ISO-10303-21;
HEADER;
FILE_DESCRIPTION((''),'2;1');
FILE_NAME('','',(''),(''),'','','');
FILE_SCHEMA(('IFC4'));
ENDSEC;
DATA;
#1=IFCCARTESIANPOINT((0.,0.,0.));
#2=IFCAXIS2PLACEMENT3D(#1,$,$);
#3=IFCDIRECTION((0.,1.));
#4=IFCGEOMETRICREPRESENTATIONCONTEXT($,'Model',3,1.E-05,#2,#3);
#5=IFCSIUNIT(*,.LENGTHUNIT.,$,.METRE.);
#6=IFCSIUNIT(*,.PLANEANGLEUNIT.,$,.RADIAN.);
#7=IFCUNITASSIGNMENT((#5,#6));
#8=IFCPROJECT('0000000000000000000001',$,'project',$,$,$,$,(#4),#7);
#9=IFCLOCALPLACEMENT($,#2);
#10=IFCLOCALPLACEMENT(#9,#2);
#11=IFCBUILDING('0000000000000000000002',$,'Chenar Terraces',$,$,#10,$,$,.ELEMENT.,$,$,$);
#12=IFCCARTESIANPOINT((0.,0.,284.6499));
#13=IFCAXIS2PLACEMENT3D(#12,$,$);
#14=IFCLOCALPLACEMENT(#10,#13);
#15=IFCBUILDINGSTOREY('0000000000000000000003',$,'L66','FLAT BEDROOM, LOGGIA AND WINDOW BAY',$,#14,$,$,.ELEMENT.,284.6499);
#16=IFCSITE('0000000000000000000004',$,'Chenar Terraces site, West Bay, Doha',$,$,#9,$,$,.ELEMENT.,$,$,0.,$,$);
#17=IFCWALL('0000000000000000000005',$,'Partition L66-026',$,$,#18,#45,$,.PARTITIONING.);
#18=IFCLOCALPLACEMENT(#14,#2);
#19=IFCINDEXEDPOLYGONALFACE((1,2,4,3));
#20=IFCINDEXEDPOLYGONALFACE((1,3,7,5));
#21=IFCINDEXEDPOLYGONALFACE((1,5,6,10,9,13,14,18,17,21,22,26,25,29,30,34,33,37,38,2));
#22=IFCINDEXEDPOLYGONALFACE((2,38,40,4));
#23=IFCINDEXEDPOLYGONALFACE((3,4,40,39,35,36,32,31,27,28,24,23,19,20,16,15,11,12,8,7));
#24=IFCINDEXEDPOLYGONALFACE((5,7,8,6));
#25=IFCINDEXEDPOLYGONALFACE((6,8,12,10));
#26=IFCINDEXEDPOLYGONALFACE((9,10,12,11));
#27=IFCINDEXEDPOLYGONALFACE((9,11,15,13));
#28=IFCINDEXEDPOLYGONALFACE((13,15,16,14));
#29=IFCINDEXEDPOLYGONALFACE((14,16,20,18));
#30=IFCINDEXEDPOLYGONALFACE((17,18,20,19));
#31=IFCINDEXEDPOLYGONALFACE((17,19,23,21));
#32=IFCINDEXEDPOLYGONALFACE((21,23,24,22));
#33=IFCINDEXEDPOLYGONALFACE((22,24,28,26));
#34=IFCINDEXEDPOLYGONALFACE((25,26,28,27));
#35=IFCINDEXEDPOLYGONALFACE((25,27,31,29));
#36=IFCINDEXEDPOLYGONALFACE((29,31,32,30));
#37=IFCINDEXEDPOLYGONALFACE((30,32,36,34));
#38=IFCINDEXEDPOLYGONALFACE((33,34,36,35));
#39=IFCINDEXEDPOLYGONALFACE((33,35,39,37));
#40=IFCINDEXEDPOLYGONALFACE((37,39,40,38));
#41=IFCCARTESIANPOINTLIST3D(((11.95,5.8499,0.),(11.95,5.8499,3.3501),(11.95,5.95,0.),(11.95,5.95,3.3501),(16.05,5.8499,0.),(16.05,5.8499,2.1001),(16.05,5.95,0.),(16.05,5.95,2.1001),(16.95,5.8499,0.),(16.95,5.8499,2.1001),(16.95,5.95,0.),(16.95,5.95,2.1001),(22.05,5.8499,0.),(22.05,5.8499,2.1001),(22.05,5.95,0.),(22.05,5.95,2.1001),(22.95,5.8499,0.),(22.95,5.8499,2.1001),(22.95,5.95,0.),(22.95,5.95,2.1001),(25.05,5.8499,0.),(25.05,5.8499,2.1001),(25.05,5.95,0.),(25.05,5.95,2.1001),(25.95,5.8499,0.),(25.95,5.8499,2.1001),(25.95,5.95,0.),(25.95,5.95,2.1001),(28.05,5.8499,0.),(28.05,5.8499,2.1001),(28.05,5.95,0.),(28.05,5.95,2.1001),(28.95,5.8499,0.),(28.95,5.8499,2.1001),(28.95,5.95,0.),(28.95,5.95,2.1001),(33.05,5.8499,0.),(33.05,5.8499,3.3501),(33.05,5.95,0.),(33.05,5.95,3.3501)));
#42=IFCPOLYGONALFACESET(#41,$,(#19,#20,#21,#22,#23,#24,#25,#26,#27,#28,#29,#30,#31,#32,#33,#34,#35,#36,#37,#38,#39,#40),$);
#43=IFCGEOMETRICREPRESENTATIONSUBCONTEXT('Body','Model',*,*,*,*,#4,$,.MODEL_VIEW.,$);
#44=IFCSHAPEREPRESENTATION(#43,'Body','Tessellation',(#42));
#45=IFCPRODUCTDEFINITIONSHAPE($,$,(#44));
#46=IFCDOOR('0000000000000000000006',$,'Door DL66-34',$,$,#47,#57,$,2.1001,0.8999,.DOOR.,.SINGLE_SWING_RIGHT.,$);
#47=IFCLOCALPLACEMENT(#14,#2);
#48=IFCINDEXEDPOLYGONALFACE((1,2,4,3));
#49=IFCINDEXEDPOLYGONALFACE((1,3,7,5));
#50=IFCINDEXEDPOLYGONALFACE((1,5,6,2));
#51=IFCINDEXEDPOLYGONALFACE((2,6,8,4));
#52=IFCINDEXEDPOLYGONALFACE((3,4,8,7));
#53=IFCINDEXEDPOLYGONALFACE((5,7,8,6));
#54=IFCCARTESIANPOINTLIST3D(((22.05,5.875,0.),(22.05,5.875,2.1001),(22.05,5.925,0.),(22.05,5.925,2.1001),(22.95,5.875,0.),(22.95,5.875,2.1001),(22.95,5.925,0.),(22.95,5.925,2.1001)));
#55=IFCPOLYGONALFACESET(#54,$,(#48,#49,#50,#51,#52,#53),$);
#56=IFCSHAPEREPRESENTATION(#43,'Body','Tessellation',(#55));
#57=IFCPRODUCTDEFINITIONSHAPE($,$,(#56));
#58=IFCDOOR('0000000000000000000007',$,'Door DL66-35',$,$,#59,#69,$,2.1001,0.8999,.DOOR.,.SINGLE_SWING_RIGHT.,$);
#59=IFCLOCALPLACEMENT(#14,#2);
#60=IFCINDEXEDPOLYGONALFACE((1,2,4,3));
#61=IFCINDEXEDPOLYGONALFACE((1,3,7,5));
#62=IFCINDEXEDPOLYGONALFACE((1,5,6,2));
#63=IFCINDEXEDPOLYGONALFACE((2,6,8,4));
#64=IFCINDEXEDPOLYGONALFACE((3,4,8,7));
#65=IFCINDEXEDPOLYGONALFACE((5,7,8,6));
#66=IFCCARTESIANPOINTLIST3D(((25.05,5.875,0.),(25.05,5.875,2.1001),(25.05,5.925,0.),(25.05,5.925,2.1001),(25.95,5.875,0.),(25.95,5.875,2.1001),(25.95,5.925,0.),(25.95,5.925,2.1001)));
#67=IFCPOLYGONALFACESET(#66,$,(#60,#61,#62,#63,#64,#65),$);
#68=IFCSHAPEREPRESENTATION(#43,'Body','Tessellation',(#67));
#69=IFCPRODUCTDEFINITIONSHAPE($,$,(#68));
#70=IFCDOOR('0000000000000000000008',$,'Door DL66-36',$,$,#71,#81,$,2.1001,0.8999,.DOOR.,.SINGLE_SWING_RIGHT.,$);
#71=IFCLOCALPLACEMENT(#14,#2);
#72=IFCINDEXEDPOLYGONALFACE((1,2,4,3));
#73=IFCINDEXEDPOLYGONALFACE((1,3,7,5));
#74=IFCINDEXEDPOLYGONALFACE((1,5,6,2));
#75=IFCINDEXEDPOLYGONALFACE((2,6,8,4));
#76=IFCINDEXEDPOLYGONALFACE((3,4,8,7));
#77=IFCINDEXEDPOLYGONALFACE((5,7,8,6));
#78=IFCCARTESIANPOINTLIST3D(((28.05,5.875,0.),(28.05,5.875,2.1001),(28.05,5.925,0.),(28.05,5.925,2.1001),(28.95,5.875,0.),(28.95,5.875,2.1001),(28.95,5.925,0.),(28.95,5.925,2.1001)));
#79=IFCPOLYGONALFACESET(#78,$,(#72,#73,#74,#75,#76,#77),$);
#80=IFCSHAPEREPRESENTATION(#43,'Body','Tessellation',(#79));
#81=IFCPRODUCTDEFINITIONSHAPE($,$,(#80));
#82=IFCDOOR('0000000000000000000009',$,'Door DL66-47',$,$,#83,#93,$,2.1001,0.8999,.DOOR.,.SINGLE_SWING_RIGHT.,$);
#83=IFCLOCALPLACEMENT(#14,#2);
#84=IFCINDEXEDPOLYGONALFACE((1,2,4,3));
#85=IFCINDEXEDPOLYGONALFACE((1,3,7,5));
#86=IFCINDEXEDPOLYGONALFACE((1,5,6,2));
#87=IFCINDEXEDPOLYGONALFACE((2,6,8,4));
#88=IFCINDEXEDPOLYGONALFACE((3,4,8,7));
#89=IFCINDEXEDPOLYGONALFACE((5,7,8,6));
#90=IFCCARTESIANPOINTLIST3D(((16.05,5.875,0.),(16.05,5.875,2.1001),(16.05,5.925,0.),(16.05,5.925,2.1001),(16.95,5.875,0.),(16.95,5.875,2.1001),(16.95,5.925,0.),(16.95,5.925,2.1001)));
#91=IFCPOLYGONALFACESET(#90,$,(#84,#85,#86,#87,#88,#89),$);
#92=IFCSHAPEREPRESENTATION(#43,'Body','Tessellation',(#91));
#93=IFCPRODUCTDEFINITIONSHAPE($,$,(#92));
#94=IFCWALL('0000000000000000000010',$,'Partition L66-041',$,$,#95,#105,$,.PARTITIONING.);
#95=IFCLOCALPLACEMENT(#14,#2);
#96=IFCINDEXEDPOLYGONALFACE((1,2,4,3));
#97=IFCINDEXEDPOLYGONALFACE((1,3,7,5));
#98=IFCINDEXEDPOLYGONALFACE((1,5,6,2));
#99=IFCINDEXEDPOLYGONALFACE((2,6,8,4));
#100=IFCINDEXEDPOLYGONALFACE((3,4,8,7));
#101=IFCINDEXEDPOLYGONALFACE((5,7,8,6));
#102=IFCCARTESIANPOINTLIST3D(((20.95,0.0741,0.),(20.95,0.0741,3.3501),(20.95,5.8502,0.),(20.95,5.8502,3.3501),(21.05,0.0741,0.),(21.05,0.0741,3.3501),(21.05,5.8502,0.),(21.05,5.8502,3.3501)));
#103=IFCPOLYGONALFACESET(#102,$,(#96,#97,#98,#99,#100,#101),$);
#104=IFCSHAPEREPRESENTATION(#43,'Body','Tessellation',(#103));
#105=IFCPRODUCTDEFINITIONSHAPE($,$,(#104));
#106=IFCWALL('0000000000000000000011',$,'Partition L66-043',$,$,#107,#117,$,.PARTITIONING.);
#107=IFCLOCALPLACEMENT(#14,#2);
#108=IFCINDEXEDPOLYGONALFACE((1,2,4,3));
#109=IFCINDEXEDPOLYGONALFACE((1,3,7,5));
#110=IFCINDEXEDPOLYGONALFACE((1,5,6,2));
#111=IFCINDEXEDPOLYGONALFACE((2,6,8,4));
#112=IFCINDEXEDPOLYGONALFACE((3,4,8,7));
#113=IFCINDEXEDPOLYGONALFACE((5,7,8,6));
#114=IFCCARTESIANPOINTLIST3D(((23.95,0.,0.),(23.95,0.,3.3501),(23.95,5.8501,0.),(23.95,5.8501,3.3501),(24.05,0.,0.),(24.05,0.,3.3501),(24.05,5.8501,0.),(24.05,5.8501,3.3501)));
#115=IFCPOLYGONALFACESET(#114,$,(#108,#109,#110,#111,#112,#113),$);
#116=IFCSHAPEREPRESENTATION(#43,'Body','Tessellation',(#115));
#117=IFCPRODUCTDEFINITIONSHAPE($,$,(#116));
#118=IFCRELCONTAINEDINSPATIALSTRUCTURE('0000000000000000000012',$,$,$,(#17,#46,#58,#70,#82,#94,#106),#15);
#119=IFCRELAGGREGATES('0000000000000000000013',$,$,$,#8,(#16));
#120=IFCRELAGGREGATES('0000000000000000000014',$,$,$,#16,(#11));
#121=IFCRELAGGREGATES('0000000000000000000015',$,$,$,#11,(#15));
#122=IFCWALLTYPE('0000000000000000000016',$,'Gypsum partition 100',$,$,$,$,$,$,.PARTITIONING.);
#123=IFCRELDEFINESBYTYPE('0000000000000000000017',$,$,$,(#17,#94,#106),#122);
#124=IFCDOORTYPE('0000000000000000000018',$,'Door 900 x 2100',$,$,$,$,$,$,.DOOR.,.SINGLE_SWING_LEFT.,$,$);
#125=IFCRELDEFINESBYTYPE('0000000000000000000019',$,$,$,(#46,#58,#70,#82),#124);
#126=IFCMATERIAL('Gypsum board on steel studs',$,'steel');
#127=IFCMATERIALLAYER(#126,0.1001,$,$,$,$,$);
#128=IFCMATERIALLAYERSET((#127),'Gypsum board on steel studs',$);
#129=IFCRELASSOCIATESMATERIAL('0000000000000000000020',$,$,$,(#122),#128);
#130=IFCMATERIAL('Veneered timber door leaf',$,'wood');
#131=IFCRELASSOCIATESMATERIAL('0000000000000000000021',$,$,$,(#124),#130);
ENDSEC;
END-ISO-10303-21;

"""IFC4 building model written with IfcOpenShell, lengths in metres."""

from ifc_helpers import new_model, si_unit, direction, frame, frame_2d, origin, place, context, subcontext, project, spatial, rectangle, extrude, material, layer, layer_set, type_object, element, fill, save


model = new_model("IFC4")

# Units and contexts
model_context = context("Model", 3, precision=1e-05, world=origin(), true_north=direction((0.0, 1.0)))
body_context = subcontext(model_context, "Body", "Model", "MODEL_VIEW")
ifc_project = project(units=[si_unit("LENGTHUNIT", "METRE"), si_unit("PLANEANGLEUNIT", "RADIAN")], contexts=[model_context])

# Site, building, storey
site_placement = place(None, origin())
site = spatial("IfcSite", under=ifc_project, at=site_placement, Name="Chenar Terraces site, West Bay, Doha", CompositionType="ELEMENT", RefElevation=0.0)
building_placement = place(site_placement, origin())
building = spatial("IfcBuilding", under=site, at=building_placement, Name="Chenar Terraces", CompositionType="ELEMENT")
storey_placement = place(building_placement, frame((0.0, 0.0, 284.6499)))
storey = spatial("IfcBuildingStorey", under=building, at=storey_placement, Name="L66", Description="FLAT BEDROOM, LOGGIA AND WINDOW BAY", CompositionType="ELEMENT", Elevation=284.6499)

# Wall, openings, doors
ifc_material_1 = material(Name="Gypsum board on steel studs", Category="steel")
ifc_layer_1 = layer(ifc_material_1, 0.1001)
ifc_layer_set_1 = layer_set([ifc_layer_1], Name="Gypsum board on steel studs")
wall_type_1 = type_object("IfcWallType", Name="Gypsum partition 100", PredefinedType="PARTITIONING", material=ifc_layer_set_1)
wall_1_placement = place(storey_placement, frame((11.95, 5.8999, 0.0), z_axis=(0.0, 0.0, 1.0), x_axis=(1.0, 0.0, 0.0)))
wall_1 = element("IfcWall", 1, at=wall_1_placement, inside=storey, type_object=wall_type_1, Name="Partition L66-026", PredefinedType="PARTITIONING", context=body_context, shape_type="SweptSolid", body=[
    extrude(rectangle(XDim=21.1001, YDim=0.1001, at=frame_2d((10.55, 0.0))), origin(), (0.0, 0.0, 1.0), 3.3501),
])
opening_1_placement = place(wall_1_placement, frame((10.1001, 0.0, 0.0)))
opening_1 = element("IfcOpeningElement", 2, at=opening_1_placement, cuts=wall_1, PredefinedType="OPENING", context=body_context, shape_type="SweptSolid", body=[
    extrude(rectangle(XDim=0.8999, YDim=2.1001, at=frame_2d((0.45, 1.05))), frame((0.0, 0.0601, 0.0), z_axis=(0.0, -1.0, 0.0), x_axis=(1.0, 0.0, 0.0)), (0.0, 0.0, 1.0), 0.1201),
])
opening_2_placement = place(wall_1_placement, frame((13.1001, 0.0, 0.0)))
opening_2 = element("IfcOpeningElement", 3, at=opening_2_placement, cuts=wall_1, PredefinedType="OPENING", context=body_context, shape_type="SweptSolid", body=[
    extrude(rectangle(XDim=0.8999, YDim=2.1001, at=frame_2d((0.45, 1.05))), frame((0.0, 0.0601, 0.0), z_axis=(0.0, -1.0, 0.0), x_axis=(1.0, 0.0, 0.0)), (0.0, 0.0, 1.0), 0.1201),
])
opening_3_placement = place(wall_1_placement, frame((16.1001, 0.0, 0.0)))
opening_3 = element("IfcOpeningElement", 4, at=opening_3_placement, cuts=wall_1, PredefinedType="OPENING", context=body_context, shape_type="SweptSolid", body=[
    extrude(rectangle(XDim=0.8999, YDim=2.1001, at=frame_2d((0.45, 1.05))), frame((0.0, 0.0601, 0.0), z_axis=(0.0, -1.0, 0.0), x_axis=(1.0, 0.0, 0.0)), (0.0, 0.0, 1.0), 0.1201),
])
opening_4_placement = place(wall_1_placement, frame((4.1001, 0.0, 0.0)))
opening_4 = element("IfcOpeningElement", 5, at=opening_4_placement, cuts=wall_1, PredefinedType="OPENING", context=body_context, shape_type="SweptSolid", body=[
    extrude(rectangle(XDim=0.8999, YDim=2.1001, at=frame_2d((0.45, 1.05))), frame((0.0, 0.0601, 0.0), z_axis=(0.0, -1.0, 0.0), x_axis=(1.0, 0.0, 0.0)), (0.0, 0.0, 1.0), 0.1201),
])
ifc_material_2 = material(Name="Veneered timber door leaf", Category="wood")
door_type_1 = type_object("IfcDoorType", Name="Door 900 x 2100", OperationType="SINGLE_SWING_LEFT", PredefinedType="DOOR", material=ifc_material_2)
door_1_placement = place(opening_1_placement, frame((0.8999, 0.0, 0.0), z_axis=(0.0, 0.0, 1.0), x_axis=(-1.0, 0.0, 0.0)))
door_1 = element("IfcDoor", 6, at=door_1_placement, inside=storey, type_object=door_type_1, Name="Door DL66-34", OperationType="SINGLE_SWING_RIGHT", OverallHeight=2.1001, OverallWidth=0.8999, PredefinedType="DOOR", context=body_context, shape_type="SweptSolid", body=[
    extrude(rectangle(XDim=0.8999, YDim=2.1001, at=frame_2d((0.45, 1.05))), frame((0.0, 0.0249, 0.0), z_axis=(0.0, -1.0, 0.0), x_axis=(1.0, 0.0, 0.0)), (0.0, 0.0, 1.0), 0.05),
])
fill(opening_1, door_1)
door_2_placement = place(opening_2_placement, frame((0.8999, 0.0, 0.0), z_axis=(0.0, 0.0, 1.0), x_axis=(-1.0, 0.0, 0.0)))
door_2 = element("IfcDoor", 7, at=door_2_placement, inside=storey, type_object=door_type_1, Name="Door DL66-35", OperationType="SINGLE_SWING_RIGHT", OverallHeight=2.1001, OverallWidth=0.8999, PredefinedType="DOOR", context=body_context, shape_type="SweptSolid", body=[
    extrude(rectangle(XDim=0.8999, YDim=2.1001, at=frame_2d((0.45, 1.05))), frame((0.0, 0.0249, 0.0), z_axis=(0.0, -1.0, 0.0), x_axis=(1.0, 0.0, 0.0)), (0.0, 0.0, 1.0), 0.05),
])
fill(opening_2, door_2)
door_3_placement = place(opening_3_placement, frame((0.8999, 0.0, 0.0), z_axis=(0.0, 0.0, 1.0), x_axis=(-1.0, 0.0, 0.0)))
door_3 = element("IfcDoor", 8, at=door_3_placement, inside=storey, type_object=door_type_1, Name="Door DL66-36", OperationType="SINGLE_SWING_RIGHT", OverallHeight=2.1001, OverallWidth=0.8999, PredefinedType="DOOR", context=body_context, shape_type="SweptSolid", body=[
    extrude(rectangle(XDim=0.8999, YDim=2.1001, at=frame_2d((0.45, 1.05))), frame((0.0, 0.0249, 0.0), z_axis=(0.0, -1.0, 0.0), x_axis=(1.0, 0.0, 0.0)), (0.0, 0.0, 1.0), 0.05),
])
fill(opening_3, door_3)
door_4_placement = place(opening_4_placement, frame((0.8999, 0.0, 0.0), z_axis=(0.0, 0.0, 1.0), x_axis=(-1.0, 0.0, 0.0)))
door_4 = element("IfcDoor", 9, at=door_4_placement, inside=storey, type_object=door_type_1, Name="Door DL66-47", OperationType="SINGLE_SWING_RIGHT", OverallHeight=2.1001, OverallWidth=0.8999, PredefinedType="DOOR", context=body_context, shape_type="SweptSolid", body=[
    extrude(rectangle(XDim=0.8999, YDim=2.1001, at=frame_2d((0.45, 1.05))), frame((0.0, 0.0249, 0.0), z_axis=(0.0, -1.0, 0.0), x_axis=(1.0, 0.0, 0.0)), (0.0, 0.0, 1.0), 0.05),
])
fill(opening_4, door_4)

# Walls
wall_2_placement = place(storey_placement, frame((21.0, 0.074, 0.0), z_axis=(0.0, 0.0, 1.0), x_axis=(0.0, 1.0, 0.0)))
element("IfcWall", 10, at=wall_2_placement, inside=storey, type_object=wall_type_1, Name="Partition L66-041", PredefinedType="PARTITIONING", context=body_context, shape_type="SweptSolid", body=[
    extrude(rectangle(XDim=5.7761, YDim=0.1001, at=frame_2d((2.8882, 0.0))), origin(), (0.0, 0.0, 1.0), 3.3501),
])
wall_3_placement = place(storey_placement, frame((24.0, 0.0, 0.0), z_axis=(0.0, 0.0, 1.0), x_axis=(0.0, 1.0, 0.0)))
element("IfcWall", 11, at=wall_3_placement, inside=storey, type_object=wall_type_1, Name="Partition L66-043", PredefinedType="PARTITIONING", context=body_context, shape_type="SweptSolid", body=[
    extrude(rectangle(XDim=5.8501, YDim=0.1001, at=frame_2d((2.925, 0.0))), origin(), (0.0, 0.0, 1.0), 3.3501),
])

save(model, "model.ifc")
